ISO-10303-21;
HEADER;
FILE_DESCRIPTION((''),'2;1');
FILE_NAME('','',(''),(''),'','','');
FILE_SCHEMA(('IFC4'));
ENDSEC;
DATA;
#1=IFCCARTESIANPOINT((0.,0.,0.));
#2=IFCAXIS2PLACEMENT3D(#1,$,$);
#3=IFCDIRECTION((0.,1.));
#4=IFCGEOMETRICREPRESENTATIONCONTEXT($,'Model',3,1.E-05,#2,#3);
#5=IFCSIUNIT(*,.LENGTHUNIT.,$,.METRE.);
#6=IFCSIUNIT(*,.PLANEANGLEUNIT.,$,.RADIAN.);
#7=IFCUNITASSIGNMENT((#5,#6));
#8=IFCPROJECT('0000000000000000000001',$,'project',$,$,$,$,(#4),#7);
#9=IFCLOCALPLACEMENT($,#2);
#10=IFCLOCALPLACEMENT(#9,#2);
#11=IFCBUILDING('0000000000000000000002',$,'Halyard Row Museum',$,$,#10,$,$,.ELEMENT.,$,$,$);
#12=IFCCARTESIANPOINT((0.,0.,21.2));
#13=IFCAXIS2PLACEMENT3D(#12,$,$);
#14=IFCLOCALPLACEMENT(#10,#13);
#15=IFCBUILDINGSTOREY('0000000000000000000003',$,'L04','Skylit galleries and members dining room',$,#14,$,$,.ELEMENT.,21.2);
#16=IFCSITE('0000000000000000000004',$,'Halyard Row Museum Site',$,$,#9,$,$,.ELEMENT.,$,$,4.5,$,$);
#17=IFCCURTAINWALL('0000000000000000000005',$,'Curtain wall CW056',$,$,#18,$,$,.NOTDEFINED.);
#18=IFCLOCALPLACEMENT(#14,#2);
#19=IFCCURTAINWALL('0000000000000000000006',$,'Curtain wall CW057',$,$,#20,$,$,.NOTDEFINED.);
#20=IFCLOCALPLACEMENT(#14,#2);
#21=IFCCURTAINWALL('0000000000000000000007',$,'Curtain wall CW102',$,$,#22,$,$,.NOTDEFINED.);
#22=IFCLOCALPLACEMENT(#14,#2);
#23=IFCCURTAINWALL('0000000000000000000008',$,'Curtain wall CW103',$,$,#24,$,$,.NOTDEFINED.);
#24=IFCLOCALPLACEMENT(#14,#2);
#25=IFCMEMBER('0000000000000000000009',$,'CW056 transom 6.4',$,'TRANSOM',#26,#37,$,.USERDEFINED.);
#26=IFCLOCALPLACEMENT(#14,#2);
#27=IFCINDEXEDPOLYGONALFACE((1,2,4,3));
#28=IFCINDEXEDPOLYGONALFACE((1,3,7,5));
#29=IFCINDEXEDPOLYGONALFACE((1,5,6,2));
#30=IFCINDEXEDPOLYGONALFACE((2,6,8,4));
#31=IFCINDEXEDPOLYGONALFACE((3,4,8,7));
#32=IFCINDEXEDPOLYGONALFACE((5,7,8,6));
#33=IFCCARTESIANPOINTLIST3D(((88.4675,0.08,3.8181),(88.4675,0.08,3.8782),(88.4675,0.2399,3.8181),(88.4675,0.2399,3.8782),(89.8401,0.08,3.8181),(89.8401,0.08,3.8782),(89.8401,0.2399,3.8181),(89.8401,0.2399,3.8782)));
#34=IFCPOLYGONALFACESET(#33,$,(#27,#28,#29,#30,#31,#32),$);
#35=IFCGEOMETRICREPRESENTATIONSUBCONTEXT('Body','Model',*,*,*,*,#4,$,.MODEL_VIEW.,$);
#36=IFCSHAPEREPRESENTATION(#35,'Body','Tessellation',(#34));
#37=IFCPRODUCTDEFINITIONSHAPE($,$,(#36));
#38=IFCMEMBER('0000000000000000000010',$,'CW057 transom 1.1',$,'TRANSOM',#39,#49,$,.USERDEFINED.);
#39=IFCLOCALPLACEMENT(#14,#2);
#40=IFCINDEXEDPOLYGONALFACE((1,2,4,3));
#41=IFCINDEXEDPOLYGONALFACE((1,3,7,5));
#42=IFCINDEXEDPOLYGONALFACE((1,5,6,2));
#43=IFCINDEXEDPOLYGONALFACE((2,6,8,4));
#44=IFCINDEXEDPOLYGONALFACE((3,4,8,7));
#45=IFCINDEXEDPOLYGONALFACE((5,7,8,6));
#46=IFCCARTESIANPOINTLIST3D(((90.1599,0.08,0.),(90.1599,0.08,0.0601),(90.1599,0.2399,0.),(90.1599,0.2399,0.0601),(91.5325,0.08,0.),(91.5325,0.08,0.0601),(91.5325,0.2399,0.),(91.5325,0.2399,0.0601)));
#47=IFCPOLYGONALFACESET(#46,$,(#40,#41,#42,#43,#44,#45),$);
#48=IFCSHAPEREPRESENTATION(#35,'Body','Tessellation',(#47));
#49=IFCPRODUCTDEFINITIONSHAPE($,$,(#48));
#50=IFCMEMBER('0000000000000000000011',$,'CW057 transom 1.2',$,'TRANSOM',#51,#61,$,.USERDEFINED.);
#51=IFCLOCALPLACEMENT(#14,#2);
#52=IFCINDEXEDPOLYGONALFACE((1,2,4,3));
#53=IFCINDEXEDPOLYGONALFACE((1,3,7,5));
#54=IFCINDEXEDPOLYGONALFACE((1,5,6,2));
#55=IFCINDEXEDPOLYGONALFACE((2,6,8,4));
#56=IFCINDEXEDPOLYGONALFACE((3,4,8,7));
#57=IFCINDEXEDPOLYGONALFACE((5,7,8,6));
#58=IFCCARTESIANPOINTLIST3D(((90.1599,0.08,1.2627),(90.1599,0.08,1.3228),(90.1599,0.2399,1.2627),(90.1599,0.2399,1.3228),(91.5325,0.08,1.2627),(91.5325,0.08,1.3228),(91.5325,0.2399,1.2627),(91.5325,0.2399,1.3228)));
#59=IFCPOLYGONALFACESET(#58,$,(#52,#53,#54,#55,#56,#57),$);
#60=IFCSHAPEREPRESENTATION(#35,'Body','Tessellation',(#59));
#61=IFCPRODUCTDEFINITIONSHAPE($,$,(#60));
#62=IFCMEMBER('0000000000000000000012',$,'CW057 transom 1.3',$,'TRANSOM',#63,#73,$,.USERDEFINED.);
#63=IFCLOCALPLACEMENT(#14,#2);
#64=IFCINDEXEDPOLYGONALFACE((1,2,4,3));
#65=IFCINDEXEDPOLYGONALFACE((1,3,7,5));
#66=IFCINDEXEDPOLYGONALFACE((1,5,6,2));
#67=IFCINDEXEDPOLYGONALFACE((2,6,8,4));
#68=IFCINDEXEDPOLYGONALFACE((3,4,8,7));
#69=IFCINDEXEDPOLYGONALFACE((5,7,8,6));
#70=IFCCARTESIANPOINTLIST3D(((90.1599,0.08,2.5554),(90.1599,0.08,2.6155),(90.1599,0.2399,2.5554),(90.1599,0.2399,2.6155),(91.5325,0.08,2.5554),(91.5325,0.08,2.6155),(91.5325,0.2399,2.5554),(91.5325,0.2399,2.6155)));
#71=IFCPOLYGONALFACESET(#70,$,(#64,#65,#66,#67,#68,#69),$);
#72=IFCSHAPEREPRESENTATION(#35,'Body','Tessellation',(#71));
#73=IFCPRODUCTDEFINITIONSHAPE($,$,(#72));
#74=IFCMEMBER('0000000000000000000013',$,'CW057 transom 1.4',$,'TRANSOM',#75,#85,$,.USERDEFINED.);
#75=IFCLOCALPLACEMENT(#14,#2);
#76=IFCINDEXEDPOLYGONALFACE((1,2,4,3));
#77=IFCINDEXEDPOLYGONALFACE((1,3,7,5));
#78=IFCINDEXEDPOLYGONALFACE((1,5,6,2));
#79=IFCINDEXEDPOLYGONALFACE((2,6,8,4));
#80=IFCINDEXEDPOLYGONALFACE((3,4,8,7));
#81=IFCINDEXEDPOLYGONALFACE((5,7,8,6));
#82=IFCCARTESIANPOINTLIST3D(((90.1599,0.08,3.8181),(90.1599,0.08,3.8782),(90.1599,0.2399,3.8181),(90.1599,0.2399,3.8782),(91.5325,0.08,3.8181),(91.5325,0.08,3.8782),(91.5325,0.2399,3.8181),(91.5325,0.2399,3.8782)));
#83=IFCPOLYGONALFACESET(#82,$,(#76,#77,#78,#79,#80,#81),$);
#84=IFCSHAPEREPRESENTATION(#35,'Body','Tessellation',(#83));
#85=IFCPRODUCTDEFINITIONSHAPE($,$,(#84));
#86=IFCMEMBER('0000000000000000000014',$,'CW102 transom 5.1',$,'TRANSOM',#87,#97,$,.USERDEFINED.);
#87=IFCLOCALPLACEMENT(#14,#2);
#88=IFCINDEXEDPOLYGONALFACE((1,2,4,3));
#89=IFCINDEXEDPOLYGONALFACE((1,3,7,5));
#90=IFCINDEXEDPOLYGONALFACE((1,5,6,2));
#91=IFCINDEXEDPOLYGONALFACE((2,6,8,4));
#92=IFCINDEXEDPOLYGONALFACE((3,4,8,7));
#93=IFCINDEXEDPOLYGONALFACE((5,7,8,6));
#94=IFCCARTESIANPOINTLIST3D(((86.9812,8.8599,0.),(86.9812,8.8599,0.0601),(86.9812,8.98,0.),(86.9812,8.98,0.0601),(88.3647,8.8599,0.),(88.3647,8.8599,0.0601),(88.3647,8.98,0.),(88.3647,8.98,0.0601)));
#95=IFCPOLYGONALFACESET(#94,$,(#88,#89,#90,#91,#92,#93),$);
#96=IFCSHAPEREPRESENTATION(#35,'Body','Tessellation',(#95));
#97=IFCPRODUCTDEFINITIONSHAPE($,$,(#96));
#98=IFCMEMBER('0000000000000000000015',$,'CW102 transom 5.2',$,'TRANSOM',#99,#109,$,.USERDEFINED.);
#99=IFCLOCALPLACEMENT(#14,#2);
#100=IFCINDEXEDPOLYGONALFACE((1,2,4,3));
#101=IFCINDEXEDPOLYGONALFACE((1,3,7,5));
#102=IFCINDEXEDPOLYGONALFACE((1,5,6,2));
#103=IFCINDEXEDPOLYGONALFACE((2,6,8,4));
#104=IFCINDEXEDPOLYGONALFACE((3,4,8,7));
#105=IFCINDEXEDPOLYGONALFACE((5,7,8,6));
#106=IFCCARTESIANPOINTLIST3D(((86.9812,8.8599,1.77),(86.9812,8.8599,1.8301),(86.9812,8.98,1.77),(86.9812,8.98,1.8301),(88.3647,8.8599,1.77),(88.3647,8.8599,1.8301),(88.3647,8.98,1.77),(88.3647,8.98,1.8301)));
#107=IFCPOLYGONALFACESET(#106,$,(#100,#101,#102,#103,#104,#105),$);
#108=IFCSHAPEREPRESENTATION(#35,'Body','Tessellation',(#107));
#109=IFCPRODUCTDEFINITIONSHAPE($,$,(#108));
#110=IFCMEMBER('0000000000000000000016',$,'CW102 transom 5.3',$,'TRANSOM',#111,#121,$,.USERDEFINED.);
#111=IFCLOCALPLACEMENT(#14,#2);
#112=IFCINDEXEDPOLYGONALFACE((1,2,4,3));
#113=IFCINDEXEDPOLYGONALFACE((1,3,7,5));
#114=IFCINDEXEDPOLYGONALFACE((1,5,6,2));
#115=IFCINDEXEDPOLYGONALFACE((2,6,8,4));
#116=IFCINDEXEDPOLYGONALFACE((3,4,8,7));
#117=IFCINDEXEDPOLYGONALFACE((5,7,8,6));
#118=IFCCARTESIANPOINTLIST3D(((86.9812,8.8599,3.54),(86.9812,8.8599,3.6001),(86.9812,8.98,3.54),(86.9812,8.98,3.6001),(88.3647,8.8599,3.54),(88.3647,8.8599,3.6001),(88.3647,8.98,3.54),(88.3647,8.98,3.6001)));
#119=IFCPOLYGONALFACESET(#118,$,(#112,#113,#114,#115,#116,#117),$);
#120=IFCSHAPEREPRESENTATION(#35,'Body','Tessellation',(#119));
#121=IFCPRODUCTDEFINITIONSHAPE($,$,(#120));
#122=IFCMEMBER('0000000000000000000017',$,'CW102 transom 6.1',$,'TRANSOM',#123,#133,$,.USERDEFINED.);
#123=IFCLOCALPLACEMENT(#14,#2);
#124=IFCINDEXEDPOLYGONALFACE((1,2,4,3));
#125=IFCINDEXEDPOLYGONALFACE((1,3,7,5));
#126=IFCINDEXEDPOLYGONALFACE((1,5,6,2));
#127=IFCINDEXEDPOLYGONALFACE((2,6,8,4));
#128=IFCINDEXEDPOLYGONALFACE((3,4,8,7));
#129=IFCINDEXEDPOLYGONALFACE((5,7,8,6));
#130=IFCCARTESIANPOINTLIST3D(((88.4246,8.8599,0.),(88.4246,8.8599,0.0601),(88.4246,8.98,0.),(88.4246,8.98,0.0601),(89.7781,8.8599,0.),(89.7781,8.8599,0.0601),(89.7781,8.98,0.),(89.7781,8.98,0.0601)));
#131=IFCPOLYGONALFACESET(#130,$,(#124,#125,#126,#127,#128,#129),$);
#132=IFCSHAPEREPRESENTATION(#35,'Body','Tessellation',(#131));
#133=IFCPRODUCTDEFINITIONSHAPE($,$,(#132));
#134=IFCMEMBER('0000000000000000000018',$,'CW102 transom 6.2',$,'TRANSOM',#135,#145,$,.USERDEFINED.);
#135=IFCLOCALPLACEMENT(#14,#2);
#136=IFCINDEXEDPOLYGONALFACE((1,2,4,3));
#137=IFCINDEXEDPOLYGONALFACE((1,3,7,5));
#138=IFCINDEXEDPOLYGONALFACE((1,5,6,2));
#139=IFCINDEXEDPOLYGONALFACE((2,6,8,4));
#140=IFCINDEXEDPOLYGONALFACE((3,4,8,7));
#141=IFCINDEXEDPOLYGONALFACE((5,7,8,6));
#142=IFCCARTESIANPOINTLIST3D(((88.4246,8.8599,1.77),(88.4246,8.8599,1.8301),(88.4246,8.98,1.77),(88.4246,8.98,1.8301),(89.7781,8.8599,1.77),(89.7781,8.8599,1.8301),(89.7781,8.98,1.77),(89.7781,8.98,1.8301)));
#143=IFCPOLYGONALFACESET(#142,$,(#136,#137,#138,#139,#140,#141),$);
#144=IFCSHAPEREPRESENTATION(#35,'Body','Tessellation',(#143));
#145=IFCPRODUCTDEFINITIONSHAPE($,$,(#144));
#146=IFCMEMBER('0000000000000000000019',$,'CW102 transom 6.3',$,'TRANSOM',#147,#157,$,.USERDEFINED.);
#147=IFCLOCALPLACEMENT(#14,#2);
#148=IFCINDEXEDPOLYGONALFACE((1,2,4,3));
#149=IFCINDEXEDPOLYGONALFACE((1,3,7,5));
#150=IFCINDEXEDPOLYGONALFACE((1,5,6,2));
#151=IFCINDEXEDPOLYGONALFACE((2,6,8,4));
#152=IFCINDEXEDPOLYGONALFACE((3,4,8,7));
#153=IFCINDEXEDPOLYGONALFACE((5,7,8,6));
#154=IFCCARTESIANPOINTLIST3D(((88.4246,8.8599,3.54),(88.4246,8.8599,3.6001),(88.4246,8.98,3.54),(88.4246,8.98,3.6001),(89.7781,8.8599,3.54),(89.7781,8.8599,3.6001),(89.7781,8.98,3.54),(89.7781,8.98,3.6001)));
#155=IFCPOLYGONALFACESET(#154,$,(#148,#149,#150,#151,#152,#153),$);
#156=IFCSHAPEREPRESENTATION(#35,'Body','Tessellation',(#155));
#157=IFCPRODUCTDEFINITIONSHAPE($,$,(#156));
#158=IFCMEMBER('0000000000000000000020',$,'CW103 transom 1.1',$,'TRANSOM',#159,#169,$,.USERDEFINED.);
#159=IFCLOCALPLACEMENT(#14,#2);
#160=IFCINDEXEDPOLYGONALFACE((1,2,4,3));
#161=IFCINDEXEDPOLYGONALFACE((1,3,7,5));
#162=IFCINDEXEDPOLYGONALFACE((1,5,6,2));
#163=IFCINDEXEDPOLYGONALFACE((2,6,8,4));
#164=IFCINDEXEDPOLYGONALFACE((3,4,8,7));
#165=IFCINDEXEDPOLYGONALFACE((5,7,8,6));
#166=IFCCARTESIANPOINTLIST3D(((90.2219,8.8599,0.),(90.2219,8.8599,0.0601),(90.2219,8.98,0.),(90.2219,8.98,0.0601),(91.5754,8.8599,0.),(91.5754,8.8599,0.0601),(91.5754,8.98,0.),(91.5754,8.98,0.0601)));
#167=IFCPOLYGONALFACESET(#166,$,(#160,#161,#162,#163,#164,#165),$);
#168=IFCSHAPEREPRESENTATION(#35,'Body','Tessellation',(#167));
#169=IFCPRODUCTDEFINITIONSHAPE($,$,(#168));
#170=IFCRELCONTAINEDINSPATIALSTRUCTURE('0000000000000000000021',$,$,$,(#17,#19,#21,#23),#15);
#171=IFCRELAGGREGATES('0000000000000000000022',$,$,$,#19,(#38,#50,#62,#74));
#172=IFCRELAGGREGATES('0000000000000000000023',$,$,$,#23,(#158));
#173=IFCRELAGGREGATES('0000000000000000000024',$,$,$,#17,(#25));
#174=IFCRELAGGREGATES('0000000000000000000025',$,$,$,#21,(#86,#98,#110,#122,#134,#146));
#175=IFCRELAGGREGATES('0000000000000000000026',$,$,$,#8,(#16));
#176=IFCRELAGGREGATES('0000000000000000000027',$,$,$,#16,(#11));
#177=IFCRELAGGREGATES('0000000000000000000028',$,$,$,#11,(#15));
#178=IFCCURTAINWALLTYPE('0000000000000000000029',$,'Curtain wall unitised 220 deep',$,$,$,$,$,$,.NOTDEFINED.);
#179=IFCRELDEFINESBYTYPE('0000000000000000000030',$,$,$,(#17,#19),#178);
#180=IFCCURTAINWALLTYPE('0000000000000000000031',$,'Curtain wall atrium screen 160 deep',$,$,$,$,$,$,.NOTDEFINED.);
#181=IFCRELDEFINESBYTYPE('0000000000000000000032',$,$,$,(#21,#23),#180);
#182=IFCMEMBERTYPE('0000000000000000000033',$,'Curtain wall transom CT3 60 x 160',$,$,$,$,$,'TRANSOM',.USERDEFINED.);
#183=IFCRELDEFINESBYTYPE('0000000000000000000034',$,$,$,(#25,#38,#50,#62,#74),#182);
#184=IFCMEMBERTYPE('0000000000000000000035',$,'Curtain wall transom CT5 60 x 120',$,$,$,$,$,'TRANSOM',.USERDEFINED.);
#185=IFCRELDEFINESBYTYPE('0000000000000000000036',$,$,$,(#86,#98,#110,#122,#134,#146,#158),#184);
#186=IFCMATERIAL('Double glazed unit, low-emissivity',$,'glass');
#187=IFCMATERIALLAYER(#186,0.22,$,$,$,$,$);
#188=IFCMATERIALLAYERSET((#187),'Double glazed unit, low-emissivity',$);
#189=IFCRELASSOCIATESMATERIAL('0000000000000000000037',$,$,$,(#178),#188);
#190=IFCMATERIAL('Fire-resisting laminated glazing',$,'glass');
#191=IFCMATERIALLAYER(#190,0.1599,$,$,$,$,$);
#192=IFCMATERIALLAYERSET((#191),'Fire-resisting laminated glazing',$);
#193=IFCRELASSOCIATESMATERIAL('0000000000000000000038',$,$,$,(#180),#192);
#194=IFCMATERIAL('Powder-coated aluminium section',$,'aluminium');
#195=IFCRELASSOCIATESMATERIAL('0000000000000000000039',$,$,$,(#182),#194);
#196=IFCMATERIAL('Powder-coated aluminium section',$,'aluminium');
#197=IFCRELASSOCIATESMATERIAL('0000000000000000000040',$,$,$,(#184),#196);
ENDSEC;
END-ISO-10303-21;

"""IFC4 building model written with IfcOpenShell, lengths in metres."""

from ifc_helpers import new_model, si_unit, direction, frame, origin, origin_2d, place, context, subcontext, project, spatial, rectangle, extrude, material, layer, layer_set, material_profile, profile_set, type_object, element, aggregate, save


model = new_model("IFC4")

# Units and contexts
model_context = context("Model", 3, precision=1e-05, world=origin(), true_north=direction((0.0, 1.0)))
body_context = subcontext(model_context, "Body", "Model", "MODEL_VIEW")
ifc_project = project(units=[si_unit("LENGTHUNIT", "METRE"), si_unit("PLANEANGLEUNIT", "RADIAN")], contexts=[model_context])

# Site, building, storey
site_placement = place(None, origin())
site = spatial("IfcSite", under=ifc_project, at=site_placement, Name="Halyard Row Museum Site", CompositionType="ELEMENT", RefElevation=4.5)
building_placement = place(site_placement, origin())
building = spatial("IfcBuilding", under=site, at=building_placement, Name="Halyard Row Museum", CompositionType="ELEMENT")
storey_placement = place(building_placement, frame((0.0, 0.0, 21.2)))
storey = spatial("IfcBuildingStorey", under=building, at=storey_placement, Name="L04", Description="Skylit galleries and members dining room", CompositionType="ELEMENT", Elevation=21.2)

# Curtain wall
ifc_material_1 = material(Name="Double glazed unit, low-emissivity", Category="glass")
ifc_layer_1 = layer(ifc_material_1, 0.22)
ifc_layer_set_1 = layer_set([ifc_layer_1], Name="Double glazed unit, low-emissivity")
curtain_wall_type_1 = type_object("IfcCurtainWallType", Name="Curtain wall unitised 220 deep", PredefinedType="NOTDEFINED", material=ifc_layer_set_1)
curtain_wall_1_placement = place(storey_placement, origin())
curtain_wall_1 = element("IfcCurtainWall", 1, at=curtain_wall_1_placement, inside=storey, type_object=curtain_wall_type_1, Name="Curtain wall CW056", PredefinedType="NOTDEFINED")

# Curtain wall
curtain_wall_2_placement = place(storey_placement, origin())
curtain_wall_2 = element("IfcCurtainWall", 2, at=curtain_wall_2_placement, inside=storey, type_object=curtain_wall_type_1, Name="Curtain wall CW057", PredefinedType="NOTDEFINED")

# Curtain wall
ifc_material_2 = material(Name="Fire-resisting laminated glazing", Category="glass")
ifc_layer_2 = layer(ifc_material_2, 0.1599)
ifc_layer_set_2 = layer_set([ifc_layer_2], Name="Fire-resisting laminated glazing")
curtain_wall_type_2 = type_object("IfcCurtainWallType", Name="Curtain wall atrium screen 160 deep", PredefinedType="NOTDEFINED", material=ifc_layer_set_2)
curtain_wall_3_placement = place(storey_placement, origin())
curtain_wall_3 = element("IfcCurtainWall", 3, at=curtain_wall_3_placement, inside=storey, type_object=curtain_wall_type_2, Name="Curtain wall CW102", PredefinedType="NOTDEFINED")

# Curtain wall
curtain_wall_4_placement = place(storey_placement, origin())
curtain_wall_4 = element("IfcCurtainWall", 4, at=curtain_wall_4_placement, inside=storey, type_object=curtain_wall_type_2, Name="Curtain wall CW103", PredefinedType="NOTDEFINED")

# Members
ifc_material_3 = material(Name="Powder-coated aluminium section", Category="aluminium")
ifc_material_profile_1 = material_profile(ifc_material_3, rectangle(XDim=0.1599, YDim=0.0601, at=origin_2d()), Name="160x60 transom")
ifc_profile_set_1 = profile_set([ifc_material_profile_1], Name="Powder-coated aluminium section")
member_type_1 = type_object("IfcMemberType", Name="Curtain wall transom CT3 60 x 160", ElementType="TRANSOM", PredefinedType="USERDEFINED", material=ifc_profile_set_1)
member_1_placement = place(storey_placement, frame((88.4675, 0.1599, 3.8481), z_axis=(1.0, 0.0, 0.0), x_axis=(0.0, 1.0, 0.0)))
member_1 = element("IfcMember", 5, at=member_1_placement, type_object=member_type_1, Name="CW056 transom 6.4", ObjectType="TRANSOM", PredefinedType="USERDEFINED", context=body_context, shape_type="SweptSolid", body=[
    extrude(rectangle(XDim=0.1599, YDim=0.0601, at=origin_2d()), origin(), (0.0, 0.0, 1.0), 1.3726),
])
member_2_placement = place(storey_placement, frame((90.1599, 0.1599, 0.03), z_axis=(1.0, 0.0, 0.0), x_axis=(0.0, 1.0, 0.0)))
member_2 = element("IfcMember", 6, at=member_2_placement, type_object=member_type_1, Name="CW057 transom 1.1", ObjectType="TRANSOM", PredefinedType="USERDEFINED", context=body_context, shape_type="SweptSolid", body=[
    extrude(rectangle(XDim=0.1599, YDim=0.0601, at=origin_2d()), origin(), (0.0, 0.0, 1.0), 1.3726),
])
member_3_placement = place(storey_placement, frame((90.1599, 0.1599, 1.2927), z_axis=(1.0, 0.0, 0.0), x_axis=(0.0, 1.0, 0.0)))
member_3 = element("IfcMember", 7, at=member_3_placement, type_object=member_type_1, Name="CW057 transom 1.2", ObjectType="TRANSOM", PredefinedType="USERDEFINED", context=body_context, shape_type="SweptSolid", body=[
    extrude(rectangle(XDim=0.1599, YDim=0.0601, at=origin_2d()), origin(), (0.0, 0.0, 1.0), 1.3726),
])
member_4_placement = place(storey_placement, frame((90.1599, 0.1599, 2.5854), z_axis=(1.0, 0.0, 0.0), x_axis=(0.0, 1.0, 0.0)))
member_4 = element("IfcMember", 8, at=member_4_placement, type_object=member_type_1, Name="CW057 transom 1.3", ObjectType="TRANSOM", PredefinedType="USERDEFINED", context=body_context, shape_type="SweptSolid", body=[
    extrude(rectangle(XDim=0.1599, YDim=0.0601, at=origin_2d()), origin(), (0.0, 0.0, 1.0), 1.3726),
])
member_5_placement = place(storey_placement, frame((90.1599, 0.1599, 3.8481), z_axis=(1.0, 0.0, 0.0), x_axis=(0.0, 1.0, 0.0)))
member_5 = element("IfcMember", 9, at=member_5_placement, type_object=member_type_1, Name="CW057 transom 1.4", ObjectType="TRANSOM", PredefinedType="USERDEFINED", context=body_context, shape_type="SweptSolid", body=[
    extrude(rectangle(XDim=0.1599, YDim=0.0601, at=origin_2d()), origin(), (0.0, 0.0, 1.0), 1.3726),
])
aggregate(curtain_wall_2, [member_2, member_3, member_4, member_5])
ifc_material_4 = material(Name="Powder-coated aluminium section", Category="aluminium")
ifc_material_profile_2 = material_profile(ifc_material_4, rectangle(XDim=0.1201, YDim=0.0601, at=origin_2d()), Name="120x60 transom")
ifc_profile_set_2 = profile_set([ifc_material_profile_2], Name="Powder-coated aluminium section")
member_type_2 = type_object("IfcMemberType", Name="Curtain wall transom CT5 60 x 120", ElementType="TRANSOM", PredefinedType="USERDEFINED", material=ifc_profile_set_2)
member_6_placement = place(storey_placement, frame((86.9812, 8.9199, 0.03), z_axis=(1.0, 0.0, 0.0), x_axis=(0.0, 1.0, 0.0)))
member_6 = element("IfcMember", 10, at=member_6_placement, type_object=member_type_2, Name="CW102 transom 5.1", ObjectType="TRANSOM", PredefinedType="USERDEFINED", context=body_context, shape_type="SweptSolid", body=[
    extrude(rectangle(XDim=0.1201, YDim=0.0601, at=origin_2d()), origin(), (0.0, 0.0, 1.0), 1.3835),
])
member_7_placement = place(storey_placement, frame((86.9812, 8.9199, 1.8), z_axis=(1.0, 0.0, 0.0), x_axis=(0.0, 1.0, 0.0)))
member_7 = element("IfcMember", 11, at=member_7_placement, type_object=member_type_2, Name="CW102 transom 5.2", ObjectType="TRANSOM", PredefinedType="USERDEFINED", context=body_context, shape_type="SweptSolid", body=[
    extrude(rectangle(XDim=0.1201, YDim=0.0601, at=origin_2d()), origin(), (0.0, 0.0, 1.0), 1.3835),
])
member_8_placement = place(storey_placement, frame((86.9812, 8.9199, 3.5701), z_axis=(1.0, 0.0, 0.0), x_axis=(0.0, 1.0, 0.0)))
member_8 = element("IfcMember", 12, at=member_8_placement, type_object=member_type_2, Name="CW102 transom 5.3", ObjectType="TRANSOM", PredefinedType="USERDEFINED", context=body_context, shape_type="SweptSolid", body=[
    extrude(rectangle(XDim=0.1201, YDim=0.0601, at=origin_2d()), origin(), (0.0, 0.0, 1.0), 1.3835),
])
member_9_placement = place(storey_placement, frame((88.4246, 8.9199, 0.03), z_axis=(1.0, 0.0, 0.0), x_axis=(0.0, 1.0, 0.0)))
member_9 = element("IfcMember", 13, at=member_9_placement, type_object=member_type_2, Name="CW102 transom 6.1", ObjectType="TRANSOM", PredefinedType="USERDEFINED", context=body_context, shape_type="SweptSolid", body=[
    extrude(rectangle(XDim=0.1201, YDim=0.0601, at=origin_2d()), origin(), (0.0, 0.0, 1.0), 1.3535),
])
member_10_placement = place(storey_placement, frame((88.4246, 8.9199, 1.8), z_axis=(1.0, 0.0, 0.0), x_axis=(0.0, 1.0, 0.0)))
member_10 = element("IfcMember", 14, at=member_10_placement, type_object=member_type_2, Name="CW102 transom 6.2", ObjectType="TRANSOM", PredefinedType="USERDEFINED", context=body_context, shape_type="SweptSolid", body=[
    extrude(rectangle(XDim=0.1201, YDim=0.0601, at=origin_2d()), origin(), (0.0, 0.0, 1.0), 1.3535),
])
member_11_placement = place(storey_placement, frame((88.4246, 8.9199, 3.5701), z_axis=(1.0, 0.0, 0.0), x_axis=(0.0, 1.0, 0.0)))
member_11 = element("IfcMember", 15, at=member_11_placement, type_object=member_type_2, Name="CW102 transom 6.3", ObjectType="TRANSOM", PredefinedType="USERDEFINED", context=body_context, shape_type="SweptSolid", body=[
    extrude(rectangle(XDim=0.1201, YDim=0.0601, at=origin_2d()), origin(), (0.0, 0.0, 1.0), 1.3535),
])
member_12_placement = place(storey_placement, frame((90.2219, 8.9199, 0.03), z_axis=(1.0, 0.0, 0.0), x_axis=(0.0, 1.0, 0.0)))
member_12 = element("IfcMember", 16, at=member_12_placement, type_object=member_type_2, Name="CW103 transom 1.1", ObjectType="TRANSOM", PredefinedType="USERDEFINED", context=body_context, shape_type="SweptSolid", body=[
    extrude(rectangle(XDim=0.1201, YDim=0.0601, at=origin_2d()), origin(), (0.0, 0.0, 1.0), 1.3535),
])
aggregate(curtain_wall_4, [member_12])

aggregate(curtain_wall_1, [member_1])
aggregate(curtain_wall_3, [member_6, member_7, member_8, member_9, member_10, member_11])

save(model, "model.ifc")
